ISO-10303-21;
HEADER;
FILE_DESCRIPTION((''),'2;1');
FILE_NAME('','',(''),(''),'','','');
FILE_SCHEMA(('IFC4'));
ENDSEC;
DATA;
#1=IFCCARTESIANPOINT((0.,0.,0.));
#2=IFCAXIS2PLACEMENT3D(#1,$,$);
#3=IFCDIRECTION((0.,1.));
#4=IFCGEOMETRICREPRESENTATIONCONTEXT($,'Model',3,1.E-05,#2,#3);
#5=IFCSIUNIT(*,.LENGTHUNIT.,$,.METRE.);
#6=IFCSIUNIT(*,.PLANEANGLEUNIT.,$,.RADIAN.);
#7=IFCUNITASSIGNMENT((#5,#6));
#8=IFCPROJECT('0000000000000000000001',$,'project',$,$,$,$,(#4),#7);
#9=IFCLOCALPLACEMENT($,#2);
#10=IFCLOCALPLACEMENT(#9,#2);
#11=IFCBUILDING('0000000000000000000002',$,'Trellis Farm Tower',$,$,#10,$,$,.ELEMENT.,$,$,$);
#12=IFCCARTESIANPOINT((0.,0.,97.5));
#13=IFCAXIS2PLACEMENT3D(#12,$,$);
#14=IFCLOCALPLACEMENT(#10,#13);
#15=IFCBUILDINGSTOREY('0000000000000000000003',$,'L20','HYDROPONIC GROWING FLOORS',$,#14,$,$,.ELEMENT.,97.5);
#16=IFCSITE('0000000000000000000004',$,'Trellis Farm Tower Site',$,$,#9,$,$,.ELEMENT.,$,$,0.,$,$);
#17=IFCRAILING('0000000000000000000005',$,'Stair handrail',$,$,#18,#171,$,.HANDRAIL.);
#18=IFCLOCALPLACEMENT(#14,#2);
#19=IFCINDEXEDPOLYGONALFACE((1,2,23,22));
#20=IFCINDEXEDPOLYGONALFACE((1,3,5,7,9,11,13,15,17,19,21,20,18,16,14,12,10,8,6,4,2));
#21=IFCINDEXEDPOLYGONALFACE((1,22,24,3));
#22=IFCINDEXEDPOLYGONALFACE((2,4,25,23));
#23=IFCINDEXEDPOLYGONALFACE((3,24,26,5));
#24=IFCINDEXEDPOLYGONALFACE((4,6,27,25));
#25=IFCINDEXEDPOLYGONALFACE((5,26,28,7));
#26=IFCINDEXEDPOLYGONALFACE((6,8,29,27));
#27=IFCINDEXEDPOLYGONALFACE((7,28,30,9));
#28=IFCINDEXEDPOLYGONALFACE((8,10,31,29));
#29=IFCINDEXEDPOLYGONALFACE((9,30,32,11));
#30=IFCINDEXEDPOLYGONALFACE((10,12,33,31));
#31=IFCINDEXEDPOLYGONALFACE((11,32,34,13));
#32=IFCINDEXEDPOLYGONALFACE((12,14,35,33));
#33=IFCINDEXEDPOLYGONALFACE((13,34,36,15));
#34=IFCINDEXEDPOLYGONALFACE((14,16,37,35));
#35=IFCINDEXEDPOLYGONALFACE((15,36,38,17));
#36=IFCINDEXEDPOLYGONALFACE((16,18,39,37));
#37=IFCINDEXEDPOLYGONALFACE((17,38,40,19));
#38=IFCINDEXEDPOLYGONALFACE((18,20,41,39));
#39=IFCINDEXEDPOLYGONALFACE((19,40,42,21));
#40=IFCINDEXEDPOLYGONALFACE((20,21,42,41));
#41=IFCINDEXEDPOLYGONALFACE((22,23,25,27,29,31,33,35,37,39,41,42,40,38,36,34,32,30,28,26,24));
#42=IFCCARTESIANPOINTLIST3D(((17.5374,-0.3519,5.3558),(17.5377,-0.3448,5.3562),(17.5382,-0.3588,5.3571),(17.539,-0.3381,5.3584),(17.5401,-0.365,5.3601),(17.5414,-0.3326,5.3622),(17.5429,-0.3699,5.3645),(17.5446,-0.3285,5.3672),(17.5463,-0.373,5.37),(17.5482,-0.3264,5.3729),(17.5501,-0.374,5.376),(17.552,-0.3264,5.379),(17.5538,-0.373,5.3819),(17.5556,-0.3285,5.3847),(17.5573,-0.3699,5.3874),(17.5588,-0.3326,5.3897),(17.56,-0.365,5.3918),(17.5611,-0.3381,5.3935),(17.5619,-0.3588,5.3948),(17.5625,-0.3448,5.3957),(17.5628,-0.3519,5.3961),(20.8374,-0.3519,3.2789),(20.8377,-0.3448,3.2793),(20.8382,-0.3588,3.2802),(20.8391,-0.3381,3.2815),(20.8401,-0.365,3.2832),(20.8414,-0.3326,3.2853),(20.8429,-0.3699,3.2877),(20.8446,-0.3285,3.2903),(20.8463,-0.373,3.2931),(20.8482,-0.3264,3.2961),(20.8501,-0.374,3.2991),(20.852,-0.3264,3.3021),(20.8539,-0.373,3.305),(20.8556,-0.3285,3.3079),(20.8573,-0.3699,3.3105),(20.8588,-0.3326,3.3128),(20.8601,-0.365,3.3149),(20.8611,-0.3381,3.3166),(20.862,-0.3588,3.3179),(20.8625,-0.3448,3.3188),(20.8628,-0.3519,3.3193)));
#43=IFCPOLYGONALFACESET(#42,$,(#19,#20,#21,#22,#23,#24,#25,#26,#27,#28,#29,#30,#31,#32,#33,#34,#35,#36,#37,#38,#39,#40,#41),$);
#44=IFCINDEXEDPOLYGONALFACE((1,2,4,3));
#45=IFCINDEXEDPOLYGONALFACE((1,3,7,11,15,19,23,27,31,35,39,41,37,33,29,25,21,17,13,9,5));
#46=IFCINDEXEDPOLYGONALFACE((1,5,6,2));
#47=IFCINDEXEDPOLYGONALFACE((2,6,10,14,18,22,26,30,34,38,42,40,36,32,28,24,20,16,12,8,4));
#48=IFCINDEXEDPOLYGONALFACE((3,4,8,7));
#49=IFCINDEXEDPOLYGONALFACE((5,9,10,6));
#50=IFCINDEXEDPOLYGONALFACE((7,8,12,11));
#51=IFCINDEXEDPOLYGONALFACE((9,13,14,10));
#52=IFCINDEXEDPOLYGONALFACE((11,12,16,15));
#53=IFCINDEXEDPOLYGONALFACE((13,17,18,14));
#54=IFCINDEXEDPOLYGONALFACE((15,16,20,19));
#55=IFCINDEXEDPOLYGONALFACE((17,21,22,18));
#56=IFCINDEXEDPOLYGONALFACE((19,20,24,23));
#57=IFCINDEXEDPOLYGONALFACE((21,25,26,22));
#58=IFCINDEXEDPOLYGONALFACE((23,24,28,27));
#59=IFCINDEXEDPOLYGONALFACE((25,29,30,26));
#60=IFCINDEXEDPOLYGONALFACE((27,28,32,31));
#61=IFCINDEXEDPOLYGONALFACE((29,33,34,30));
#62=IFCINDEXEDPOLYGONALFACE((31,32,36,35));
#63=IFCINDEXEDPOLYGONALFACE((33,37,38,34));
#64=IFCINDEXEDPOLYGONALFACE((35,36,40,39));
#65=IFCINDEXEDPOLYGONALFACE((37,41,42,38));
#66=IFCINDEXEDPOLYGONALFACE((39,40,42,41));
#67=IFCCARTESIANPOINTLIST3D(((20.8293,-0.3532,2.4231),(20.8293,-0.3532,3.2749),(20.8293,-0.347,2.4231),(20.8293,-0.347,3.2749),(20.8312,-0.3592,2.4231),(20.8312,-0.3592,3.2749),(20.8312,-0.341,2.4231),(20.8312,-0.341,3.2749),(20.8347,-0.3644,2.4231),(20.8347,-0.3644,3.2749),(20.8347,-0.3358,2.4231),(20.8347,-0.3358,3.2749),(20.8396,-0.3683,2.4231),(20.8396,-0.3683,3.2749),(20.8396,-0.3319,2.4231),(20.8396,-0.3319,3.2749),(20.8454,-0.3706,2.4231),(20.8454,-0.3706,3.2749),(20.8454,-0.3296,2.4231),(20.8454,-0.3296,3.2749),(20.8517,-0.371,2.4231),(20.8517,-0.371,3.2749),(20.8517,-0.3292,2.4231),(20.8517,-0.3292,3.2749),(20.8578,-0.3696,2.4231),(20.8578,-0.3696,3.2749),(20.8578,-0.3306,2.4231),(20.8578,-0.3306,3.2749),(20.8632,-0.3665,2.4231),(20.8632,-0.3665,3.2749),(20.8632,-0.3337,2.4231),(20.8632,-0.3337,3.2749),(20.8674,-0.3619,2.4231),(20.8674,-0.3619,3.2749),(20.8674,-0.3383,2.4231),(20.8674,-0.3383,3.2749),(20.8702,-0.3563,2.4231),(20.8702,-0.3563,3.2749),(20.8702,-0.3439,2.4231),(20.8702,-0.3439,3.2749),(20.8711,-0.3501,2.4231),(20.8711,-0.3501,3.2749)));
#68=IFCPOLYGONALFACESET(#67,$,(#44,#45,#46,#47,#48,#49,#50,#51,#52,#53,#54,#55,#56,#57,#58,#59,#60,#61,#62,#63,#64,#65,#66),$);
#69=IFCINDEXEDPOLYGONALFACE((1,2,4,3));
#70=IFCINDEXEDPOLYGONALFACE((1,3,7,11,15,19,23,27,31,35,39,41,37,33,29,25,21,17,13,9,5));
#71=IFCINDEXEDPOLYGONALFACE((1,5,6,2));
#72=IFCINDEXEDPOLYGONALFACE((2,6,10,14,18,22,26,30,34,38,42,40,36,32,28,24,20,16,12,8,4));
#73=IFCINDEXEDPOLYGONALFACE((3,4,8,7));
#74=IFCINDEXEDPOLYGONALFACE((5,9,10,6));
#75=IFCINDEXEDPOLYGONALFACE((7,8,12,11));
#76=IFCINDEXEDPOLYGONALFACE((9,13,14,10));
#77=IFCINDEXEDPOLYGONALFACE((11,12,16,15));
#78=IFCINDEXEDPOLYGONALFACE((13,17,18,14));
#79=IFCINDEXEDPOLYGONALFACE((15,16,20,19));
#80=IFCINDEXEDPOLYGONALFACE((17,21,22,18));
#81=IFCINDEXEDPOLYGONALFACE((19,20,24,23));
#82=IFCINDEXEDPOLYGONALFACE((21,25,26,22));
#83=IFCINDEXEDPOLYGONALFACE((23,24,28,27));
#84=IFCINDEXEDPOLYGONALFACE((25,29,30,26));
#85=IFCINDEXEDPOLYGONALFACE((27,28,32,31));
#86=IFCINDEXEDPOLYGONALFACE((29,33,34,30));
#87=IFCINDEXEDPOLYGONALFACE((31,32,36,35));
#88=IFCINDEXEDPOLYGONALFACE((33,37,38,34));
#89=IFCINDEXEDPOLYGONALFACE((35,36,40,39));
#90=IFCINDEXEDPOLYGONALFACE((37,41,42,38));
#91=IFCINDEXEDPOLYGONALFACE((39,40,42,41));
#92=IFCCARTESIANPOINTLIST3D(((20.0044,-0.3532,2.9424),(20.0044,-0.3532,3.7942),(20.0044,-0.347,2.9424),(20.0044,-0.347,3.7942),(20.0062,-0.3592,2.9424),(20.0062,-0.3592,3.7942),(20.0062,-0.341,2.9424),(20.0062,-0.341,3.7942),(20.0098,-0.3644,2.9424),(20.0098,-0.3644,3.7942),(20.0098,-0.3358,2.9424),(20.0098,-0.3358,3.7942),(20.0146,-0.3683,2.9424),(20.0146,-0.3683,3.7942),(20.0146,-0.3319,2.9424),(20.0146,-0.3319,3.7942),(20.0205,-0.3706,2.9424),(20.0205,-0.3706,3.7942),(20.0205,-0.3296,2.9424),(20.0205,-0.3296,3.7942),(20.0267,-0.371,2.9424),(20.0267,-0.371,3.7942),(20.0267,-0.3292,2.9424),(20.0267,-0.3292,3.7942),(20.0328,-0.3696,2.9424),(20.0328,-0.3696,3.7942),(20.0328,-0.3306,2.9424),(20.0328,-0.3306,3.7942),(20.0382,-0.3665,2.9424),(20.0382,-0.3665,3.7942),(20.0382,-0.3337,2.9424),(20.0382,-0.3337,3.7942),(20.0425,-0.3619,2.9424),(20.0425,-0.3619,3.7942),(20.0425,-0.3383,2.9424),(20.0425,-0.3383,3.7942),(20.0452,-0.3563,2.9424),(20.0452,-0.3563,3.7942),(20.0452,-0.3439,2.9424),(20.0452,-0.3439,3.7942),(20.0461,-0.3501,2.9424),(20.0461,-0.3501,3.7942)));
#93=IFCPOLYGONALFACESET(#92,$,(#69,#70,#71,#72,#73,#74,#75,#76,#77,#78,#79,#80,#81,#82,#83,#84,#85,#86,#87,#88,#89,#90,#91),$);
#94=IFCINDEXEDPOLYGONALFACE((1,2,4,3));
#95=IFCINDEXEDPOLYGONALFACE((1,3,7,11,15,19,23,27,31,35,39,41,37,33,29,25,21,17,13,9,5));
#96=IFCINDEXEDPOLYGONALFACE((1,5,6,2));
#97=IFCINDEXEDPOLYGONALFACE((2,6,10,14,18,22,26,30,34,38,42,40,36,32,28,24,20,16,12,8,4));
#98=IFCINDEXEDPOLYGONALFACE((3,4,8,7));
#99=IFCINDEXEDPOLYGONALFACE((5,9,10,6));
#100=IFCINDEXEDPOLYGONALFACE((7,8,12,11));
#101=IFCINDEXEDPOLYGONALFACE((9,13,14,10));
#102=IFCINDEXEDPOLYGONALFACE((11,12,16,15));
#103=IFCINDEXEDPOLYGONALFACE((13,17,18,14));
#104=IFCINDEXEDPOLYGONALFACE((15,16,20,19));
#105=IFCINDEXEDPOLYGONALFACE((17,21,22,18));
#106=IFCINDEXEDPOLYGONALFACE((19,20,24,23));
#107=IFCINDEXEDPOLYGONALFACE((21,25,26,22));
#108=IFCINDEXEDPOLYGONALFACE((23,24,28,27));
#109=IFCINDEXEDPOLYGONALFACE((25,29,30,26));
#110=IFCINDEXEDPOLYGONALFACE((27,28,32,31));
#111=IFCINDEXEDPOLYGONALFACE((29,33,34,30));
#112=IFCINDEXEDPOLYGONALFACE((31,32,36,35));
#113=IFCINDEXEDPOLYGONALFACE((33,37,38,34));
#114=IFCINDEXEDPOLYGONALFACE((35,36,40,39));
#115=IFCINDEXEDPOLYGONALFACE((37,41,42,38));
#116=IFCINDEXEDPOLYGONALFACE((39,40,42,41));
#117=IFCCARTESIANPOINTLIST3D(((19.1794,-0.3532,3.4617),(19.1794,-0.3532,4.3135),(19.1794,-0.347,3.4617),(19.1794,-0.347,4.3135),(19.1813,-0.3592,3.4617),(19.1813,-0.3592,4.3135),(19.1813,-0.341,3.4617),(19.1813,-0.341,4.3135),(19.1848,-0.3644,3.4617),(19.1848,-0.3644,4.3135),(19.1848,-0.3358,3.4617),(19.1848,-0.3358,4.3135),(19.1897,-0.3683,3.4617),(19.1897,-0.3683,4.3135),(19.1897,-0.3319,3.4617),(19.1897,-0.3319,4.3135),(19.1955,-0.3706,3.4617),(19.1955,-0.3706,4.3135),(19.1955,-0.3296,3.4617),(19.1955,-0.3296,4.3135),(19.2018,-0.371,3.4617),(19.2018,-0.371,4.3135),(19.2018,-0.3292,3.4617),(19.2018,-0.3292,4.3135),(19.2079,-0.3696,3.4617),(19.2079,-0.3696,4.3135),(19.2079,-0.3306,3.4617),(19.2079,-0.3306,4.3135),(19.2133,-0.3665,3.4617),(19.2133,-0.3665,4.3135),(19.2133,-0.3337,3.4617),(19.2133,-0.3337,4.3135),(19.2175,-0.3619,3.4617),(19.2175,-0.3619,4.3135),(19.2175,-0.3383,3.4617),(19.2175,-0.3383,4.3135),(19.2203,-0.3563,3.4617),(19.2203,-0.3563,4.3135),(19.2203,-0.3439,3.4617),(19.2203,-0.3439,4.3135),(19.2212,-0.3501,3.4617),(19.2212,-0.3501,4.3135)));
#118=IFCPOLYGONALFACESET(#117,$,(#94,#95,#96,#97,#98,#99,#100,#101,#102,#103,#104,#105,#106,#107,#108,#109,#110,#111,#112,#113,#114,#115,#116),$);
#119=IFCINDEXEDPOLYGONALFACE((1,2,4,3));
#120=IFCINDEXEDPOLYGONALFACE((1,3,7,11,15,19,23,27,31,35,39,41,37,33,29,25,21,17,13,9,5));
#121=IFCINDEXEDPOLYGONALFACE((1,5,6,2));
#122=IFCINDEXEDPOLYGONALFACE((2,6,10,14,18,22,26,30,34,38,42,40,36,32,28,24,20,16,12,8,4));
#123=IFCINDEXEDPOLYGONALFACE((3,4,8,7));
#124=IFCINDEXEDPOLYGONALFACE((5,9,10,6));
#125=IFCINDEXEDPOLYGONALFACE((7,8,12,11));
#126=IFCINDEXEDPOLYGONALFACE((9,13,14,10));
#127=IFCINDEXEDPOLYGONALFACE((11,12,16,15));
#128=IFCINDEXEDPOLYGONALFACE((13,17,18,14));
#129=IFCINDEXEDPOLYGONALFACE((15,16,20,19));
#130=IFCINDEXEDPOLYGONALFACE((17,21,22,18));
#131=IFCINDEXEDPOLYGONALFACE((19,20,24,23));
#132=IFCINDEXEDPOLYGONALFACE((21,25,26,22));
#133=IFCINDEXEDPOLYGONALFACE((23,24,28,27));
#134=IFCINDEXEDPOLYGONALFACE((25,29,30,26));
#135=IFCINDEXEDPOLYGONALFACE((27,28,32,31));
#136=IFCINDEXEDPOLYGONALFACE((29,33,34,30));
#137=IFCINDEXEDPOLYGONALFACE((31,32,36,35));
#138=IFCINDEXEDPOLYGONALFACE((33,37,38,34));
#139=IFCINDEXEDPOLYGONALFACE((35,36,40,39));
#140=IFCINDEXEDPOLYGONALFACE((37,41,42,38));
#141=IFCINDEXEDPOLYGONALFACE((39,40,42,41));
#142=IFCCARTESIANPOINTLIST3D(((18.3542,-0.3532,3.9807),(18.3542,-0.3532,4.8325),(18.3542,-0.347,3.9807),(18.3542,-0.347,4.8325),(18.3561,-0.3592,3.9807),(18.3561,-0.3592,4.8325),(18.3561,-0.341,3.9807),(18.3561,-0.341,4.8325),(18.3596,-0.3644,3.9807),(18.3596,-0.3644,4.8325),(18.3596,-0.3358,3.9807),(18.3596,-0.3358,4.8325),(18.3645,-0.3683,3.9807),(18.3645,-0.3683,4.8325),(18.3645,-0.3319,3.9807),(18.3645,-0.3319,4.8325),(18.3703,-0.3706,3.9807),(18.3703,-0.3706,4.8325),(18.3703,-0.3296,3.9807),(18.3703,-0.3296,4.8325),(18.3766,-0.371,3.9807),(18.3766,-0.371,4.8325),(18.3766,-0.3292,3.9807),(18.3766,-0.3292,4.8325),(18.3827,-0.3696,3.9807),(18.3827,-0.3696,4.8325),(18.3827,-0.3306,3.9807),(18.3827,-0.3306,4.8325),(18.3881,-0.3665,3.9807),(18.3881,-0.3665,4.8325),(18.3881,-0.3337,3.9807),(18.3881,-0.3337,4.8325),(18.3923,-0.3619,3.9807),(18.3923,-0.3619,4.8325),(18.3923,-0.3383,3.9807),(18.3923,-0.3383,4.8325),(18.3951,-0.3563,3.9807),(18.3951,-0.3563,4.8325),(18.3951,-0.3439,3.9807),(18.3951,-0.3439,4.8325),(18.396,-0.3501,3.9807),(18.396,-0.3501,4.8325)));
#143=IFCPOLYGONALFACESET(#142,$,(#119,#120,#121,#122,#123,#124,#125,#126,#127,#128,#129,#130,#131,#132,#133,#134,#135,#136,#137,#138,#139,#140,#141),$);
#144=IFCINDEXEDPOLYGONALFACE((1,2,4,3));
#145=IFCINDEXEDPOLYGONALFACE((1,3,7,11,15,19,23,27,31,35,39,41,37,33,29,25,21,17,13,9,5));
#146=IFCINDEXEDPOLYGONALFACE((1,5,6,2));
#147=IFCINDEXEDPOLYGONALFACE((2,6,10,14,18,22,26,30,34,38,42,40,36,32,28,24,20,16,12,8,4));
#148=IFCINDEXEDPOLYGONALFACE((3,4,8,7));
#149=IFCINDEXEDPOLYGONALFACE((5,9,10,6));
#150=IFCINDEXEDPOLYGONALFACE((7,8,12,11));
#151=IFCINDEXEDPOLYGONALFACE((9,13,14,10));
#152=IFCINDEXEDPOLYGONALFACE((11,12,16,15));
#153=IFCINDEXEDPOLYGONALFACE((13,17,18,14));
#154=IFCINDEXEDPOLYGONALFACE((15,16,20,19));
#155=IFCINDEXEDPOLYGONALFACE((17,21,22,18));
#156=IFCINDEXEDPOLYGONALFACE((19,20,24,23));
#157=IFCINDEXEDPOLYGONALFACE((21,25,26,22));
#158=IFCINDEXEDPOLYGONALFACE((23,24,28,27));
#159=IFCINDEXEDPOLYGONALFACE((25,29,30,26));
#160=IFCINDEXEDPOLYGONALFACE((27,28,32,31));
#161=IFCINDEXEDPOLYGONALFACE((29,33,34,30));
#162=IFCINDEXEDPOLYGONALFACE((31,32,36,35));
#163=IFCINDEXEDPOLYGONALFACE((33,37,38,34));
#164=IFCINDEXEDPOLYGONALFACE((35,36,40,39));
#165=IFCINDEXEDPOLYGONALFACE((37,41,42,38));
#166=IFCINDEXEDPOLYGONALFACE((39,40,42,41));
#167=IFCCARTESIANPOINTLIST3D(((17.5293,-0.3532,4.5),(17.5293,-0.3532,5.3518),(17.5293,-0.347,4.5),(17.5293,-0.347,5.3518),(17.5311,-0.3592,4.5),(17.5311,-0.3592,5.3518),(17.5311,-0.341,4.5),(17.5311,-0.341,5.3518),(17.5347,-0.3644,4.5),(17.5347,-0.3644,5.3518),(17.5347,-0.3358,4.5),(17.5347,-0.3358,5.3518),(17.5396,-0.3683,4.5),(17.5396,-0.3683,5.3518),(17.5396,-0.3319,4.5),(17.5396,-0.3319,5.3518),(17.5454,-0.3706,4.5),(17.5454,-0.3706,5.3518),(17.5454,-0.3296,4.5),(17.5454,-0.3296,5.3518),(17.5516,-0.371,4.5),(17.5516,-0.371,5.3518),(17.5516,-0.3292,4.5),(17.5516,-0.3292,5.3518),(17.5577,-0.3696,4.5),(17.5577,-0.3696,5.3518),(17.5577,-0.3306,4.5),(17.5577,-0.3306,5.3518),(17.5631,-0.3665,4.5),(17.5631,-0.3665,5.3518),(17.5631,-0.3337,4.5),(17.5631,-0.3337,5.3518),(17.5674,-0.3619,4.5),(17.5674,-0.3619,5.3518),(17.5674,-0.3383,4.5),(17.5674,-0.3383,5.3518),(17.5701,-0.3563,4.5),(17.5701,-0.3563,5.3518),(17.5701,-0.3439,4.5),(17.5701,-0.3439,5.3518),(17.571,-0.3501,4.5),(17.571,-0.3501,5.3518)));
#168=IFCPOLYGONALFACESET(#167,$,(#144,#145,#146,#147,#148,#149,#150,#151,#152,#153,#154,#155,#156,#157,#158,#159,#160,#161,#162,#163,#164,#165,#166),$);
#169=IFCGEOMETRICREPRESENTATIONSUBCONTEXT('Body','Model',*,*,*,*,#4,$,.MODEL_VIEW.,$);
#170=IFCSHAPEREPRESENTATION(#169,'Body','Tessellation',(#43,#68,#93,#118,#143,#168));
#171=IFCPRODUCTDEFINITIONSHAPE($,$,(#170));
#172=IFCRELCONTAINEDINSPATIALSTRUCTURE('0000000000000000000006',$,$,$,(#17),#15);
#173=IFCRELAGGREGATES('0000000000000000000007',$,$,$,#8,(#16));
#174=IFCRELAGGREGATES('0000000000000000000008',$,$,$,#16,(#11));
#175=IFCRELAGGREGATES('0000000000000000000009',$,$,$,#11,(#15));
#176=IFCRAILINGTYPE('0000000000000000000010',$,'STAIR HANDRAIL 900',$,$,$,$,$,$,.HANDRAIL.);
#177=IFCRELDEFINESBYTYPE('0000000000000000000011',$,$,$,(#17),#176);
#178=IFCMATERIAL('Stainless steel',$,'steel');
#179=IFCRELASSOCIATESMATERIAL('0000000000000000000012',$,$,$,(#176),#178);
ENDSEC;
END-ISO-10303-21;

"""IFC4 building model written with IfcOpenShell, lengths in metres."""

from ifc_helpers import new_model, si_unit, direction, frame, origin, origin_2d, place, context, subcontext, project, spatial, circle, extrude, source, transform, mapped, material, type_object, element, save


model = new_model("IFC4")

# Units and contexts
model_context = context("Model", 3, precision=1e-05, world=origin(), true_north=direction((0.0, 1.0)))
body_context = subcontext(model_context, "Body", "Model", "MODEL_VIEW")
ifc_project = project(units=[si_unit("LENGTHUNIT", "METRE"), si_unit("PLANEANGLEUNIT", "RADIAN")], contexts=[model_context])

# Site, building, storey
site_placement = place(None, origin())
site = spatial("IfcSite", under=ifc_project, at=site_placement, Name="Trellis Farm Tower Site", CompositionType="ELEMENT", RefElevation=0.0)
building_placement = place(site_placement, origin())
building = spatial("IfcBuilding", under=site, at=building_placement, Name="Trellis Farm Tower", CompositionType="ELEMENT")
storey_placement = place(building_placement, frame((0.0, 0.0, 97.5)))
storey = spatial("IfcBuildingStorey", under=building, at=storey_placement, Name="L20", Description="HYDROPONIC GROWING FLOORS", CompositionType="ELEMENT", Elevation=97.5)

# Shared definitions
ifc_material_1 = material(Name="Stainless steel", Category="steel")

# Railing
railing_type = type_object("IfcRailingType", Name="STAIR HANDRAIL 900", PredefinedType="HANDRAIL", material=ifc_material_1)
shared_shape_1 = source(origin(), body_context, "Body", "SweptSolid", [
    extrude(circle(Radius=0.0239, at=origin_2d()), frame((0.0, 0.0, 0.876), z_axis=(-0.846337, 0.0, 0.532647), x_axis=(0.0, -1.0, 0.0)), (0.0, 0.0, 1.0), 3.8992),
    extrude(circle(Radius=0.021, at=origin_2d()), origin(), (0.0, 0.0, 1.0), 0.8518),
    extrude(circle(Radius=0.021, at=origin_2d()), frame((-0.825, 0.0, 0.5193)), (0.0, 0.0, 1.0), 0.8518),
    extrude(circle(Radius=0.021, at=origin_2d()), frame((-1.6499, 0.0, 1.0386)), (0.0, 0.0, 1.0), 0.8518),
    extrude(circle(Radius=0.021, at=origin_2d()), frame((-2.4751, 0.0, 1.5576)), (0.0, 0.0, 1.0), 0.8518),
    extrude(circle(Radius=0.021, at=origin_2d()), frame((-3.3, 0.0, 2.0769)), (0.0, 0.0, 1.0), 0.8518),
])
for number, where, name in (
    (1, (20.8501, -0.3501, 2.4231), "Stair handrail"),
):
    element("IfcRailing", number, at=place(storey_placement, frame(where)), inside=storey, type_object=railing_type, Name=name, PredefinedType="HANDRAIL", context=body_context, shape_type="MappedRepresentation", body=[
        mapped(shared_shape_1, transform((0.0, 0.0, 0.0))),
    ])

save(model, "model.ifc")
